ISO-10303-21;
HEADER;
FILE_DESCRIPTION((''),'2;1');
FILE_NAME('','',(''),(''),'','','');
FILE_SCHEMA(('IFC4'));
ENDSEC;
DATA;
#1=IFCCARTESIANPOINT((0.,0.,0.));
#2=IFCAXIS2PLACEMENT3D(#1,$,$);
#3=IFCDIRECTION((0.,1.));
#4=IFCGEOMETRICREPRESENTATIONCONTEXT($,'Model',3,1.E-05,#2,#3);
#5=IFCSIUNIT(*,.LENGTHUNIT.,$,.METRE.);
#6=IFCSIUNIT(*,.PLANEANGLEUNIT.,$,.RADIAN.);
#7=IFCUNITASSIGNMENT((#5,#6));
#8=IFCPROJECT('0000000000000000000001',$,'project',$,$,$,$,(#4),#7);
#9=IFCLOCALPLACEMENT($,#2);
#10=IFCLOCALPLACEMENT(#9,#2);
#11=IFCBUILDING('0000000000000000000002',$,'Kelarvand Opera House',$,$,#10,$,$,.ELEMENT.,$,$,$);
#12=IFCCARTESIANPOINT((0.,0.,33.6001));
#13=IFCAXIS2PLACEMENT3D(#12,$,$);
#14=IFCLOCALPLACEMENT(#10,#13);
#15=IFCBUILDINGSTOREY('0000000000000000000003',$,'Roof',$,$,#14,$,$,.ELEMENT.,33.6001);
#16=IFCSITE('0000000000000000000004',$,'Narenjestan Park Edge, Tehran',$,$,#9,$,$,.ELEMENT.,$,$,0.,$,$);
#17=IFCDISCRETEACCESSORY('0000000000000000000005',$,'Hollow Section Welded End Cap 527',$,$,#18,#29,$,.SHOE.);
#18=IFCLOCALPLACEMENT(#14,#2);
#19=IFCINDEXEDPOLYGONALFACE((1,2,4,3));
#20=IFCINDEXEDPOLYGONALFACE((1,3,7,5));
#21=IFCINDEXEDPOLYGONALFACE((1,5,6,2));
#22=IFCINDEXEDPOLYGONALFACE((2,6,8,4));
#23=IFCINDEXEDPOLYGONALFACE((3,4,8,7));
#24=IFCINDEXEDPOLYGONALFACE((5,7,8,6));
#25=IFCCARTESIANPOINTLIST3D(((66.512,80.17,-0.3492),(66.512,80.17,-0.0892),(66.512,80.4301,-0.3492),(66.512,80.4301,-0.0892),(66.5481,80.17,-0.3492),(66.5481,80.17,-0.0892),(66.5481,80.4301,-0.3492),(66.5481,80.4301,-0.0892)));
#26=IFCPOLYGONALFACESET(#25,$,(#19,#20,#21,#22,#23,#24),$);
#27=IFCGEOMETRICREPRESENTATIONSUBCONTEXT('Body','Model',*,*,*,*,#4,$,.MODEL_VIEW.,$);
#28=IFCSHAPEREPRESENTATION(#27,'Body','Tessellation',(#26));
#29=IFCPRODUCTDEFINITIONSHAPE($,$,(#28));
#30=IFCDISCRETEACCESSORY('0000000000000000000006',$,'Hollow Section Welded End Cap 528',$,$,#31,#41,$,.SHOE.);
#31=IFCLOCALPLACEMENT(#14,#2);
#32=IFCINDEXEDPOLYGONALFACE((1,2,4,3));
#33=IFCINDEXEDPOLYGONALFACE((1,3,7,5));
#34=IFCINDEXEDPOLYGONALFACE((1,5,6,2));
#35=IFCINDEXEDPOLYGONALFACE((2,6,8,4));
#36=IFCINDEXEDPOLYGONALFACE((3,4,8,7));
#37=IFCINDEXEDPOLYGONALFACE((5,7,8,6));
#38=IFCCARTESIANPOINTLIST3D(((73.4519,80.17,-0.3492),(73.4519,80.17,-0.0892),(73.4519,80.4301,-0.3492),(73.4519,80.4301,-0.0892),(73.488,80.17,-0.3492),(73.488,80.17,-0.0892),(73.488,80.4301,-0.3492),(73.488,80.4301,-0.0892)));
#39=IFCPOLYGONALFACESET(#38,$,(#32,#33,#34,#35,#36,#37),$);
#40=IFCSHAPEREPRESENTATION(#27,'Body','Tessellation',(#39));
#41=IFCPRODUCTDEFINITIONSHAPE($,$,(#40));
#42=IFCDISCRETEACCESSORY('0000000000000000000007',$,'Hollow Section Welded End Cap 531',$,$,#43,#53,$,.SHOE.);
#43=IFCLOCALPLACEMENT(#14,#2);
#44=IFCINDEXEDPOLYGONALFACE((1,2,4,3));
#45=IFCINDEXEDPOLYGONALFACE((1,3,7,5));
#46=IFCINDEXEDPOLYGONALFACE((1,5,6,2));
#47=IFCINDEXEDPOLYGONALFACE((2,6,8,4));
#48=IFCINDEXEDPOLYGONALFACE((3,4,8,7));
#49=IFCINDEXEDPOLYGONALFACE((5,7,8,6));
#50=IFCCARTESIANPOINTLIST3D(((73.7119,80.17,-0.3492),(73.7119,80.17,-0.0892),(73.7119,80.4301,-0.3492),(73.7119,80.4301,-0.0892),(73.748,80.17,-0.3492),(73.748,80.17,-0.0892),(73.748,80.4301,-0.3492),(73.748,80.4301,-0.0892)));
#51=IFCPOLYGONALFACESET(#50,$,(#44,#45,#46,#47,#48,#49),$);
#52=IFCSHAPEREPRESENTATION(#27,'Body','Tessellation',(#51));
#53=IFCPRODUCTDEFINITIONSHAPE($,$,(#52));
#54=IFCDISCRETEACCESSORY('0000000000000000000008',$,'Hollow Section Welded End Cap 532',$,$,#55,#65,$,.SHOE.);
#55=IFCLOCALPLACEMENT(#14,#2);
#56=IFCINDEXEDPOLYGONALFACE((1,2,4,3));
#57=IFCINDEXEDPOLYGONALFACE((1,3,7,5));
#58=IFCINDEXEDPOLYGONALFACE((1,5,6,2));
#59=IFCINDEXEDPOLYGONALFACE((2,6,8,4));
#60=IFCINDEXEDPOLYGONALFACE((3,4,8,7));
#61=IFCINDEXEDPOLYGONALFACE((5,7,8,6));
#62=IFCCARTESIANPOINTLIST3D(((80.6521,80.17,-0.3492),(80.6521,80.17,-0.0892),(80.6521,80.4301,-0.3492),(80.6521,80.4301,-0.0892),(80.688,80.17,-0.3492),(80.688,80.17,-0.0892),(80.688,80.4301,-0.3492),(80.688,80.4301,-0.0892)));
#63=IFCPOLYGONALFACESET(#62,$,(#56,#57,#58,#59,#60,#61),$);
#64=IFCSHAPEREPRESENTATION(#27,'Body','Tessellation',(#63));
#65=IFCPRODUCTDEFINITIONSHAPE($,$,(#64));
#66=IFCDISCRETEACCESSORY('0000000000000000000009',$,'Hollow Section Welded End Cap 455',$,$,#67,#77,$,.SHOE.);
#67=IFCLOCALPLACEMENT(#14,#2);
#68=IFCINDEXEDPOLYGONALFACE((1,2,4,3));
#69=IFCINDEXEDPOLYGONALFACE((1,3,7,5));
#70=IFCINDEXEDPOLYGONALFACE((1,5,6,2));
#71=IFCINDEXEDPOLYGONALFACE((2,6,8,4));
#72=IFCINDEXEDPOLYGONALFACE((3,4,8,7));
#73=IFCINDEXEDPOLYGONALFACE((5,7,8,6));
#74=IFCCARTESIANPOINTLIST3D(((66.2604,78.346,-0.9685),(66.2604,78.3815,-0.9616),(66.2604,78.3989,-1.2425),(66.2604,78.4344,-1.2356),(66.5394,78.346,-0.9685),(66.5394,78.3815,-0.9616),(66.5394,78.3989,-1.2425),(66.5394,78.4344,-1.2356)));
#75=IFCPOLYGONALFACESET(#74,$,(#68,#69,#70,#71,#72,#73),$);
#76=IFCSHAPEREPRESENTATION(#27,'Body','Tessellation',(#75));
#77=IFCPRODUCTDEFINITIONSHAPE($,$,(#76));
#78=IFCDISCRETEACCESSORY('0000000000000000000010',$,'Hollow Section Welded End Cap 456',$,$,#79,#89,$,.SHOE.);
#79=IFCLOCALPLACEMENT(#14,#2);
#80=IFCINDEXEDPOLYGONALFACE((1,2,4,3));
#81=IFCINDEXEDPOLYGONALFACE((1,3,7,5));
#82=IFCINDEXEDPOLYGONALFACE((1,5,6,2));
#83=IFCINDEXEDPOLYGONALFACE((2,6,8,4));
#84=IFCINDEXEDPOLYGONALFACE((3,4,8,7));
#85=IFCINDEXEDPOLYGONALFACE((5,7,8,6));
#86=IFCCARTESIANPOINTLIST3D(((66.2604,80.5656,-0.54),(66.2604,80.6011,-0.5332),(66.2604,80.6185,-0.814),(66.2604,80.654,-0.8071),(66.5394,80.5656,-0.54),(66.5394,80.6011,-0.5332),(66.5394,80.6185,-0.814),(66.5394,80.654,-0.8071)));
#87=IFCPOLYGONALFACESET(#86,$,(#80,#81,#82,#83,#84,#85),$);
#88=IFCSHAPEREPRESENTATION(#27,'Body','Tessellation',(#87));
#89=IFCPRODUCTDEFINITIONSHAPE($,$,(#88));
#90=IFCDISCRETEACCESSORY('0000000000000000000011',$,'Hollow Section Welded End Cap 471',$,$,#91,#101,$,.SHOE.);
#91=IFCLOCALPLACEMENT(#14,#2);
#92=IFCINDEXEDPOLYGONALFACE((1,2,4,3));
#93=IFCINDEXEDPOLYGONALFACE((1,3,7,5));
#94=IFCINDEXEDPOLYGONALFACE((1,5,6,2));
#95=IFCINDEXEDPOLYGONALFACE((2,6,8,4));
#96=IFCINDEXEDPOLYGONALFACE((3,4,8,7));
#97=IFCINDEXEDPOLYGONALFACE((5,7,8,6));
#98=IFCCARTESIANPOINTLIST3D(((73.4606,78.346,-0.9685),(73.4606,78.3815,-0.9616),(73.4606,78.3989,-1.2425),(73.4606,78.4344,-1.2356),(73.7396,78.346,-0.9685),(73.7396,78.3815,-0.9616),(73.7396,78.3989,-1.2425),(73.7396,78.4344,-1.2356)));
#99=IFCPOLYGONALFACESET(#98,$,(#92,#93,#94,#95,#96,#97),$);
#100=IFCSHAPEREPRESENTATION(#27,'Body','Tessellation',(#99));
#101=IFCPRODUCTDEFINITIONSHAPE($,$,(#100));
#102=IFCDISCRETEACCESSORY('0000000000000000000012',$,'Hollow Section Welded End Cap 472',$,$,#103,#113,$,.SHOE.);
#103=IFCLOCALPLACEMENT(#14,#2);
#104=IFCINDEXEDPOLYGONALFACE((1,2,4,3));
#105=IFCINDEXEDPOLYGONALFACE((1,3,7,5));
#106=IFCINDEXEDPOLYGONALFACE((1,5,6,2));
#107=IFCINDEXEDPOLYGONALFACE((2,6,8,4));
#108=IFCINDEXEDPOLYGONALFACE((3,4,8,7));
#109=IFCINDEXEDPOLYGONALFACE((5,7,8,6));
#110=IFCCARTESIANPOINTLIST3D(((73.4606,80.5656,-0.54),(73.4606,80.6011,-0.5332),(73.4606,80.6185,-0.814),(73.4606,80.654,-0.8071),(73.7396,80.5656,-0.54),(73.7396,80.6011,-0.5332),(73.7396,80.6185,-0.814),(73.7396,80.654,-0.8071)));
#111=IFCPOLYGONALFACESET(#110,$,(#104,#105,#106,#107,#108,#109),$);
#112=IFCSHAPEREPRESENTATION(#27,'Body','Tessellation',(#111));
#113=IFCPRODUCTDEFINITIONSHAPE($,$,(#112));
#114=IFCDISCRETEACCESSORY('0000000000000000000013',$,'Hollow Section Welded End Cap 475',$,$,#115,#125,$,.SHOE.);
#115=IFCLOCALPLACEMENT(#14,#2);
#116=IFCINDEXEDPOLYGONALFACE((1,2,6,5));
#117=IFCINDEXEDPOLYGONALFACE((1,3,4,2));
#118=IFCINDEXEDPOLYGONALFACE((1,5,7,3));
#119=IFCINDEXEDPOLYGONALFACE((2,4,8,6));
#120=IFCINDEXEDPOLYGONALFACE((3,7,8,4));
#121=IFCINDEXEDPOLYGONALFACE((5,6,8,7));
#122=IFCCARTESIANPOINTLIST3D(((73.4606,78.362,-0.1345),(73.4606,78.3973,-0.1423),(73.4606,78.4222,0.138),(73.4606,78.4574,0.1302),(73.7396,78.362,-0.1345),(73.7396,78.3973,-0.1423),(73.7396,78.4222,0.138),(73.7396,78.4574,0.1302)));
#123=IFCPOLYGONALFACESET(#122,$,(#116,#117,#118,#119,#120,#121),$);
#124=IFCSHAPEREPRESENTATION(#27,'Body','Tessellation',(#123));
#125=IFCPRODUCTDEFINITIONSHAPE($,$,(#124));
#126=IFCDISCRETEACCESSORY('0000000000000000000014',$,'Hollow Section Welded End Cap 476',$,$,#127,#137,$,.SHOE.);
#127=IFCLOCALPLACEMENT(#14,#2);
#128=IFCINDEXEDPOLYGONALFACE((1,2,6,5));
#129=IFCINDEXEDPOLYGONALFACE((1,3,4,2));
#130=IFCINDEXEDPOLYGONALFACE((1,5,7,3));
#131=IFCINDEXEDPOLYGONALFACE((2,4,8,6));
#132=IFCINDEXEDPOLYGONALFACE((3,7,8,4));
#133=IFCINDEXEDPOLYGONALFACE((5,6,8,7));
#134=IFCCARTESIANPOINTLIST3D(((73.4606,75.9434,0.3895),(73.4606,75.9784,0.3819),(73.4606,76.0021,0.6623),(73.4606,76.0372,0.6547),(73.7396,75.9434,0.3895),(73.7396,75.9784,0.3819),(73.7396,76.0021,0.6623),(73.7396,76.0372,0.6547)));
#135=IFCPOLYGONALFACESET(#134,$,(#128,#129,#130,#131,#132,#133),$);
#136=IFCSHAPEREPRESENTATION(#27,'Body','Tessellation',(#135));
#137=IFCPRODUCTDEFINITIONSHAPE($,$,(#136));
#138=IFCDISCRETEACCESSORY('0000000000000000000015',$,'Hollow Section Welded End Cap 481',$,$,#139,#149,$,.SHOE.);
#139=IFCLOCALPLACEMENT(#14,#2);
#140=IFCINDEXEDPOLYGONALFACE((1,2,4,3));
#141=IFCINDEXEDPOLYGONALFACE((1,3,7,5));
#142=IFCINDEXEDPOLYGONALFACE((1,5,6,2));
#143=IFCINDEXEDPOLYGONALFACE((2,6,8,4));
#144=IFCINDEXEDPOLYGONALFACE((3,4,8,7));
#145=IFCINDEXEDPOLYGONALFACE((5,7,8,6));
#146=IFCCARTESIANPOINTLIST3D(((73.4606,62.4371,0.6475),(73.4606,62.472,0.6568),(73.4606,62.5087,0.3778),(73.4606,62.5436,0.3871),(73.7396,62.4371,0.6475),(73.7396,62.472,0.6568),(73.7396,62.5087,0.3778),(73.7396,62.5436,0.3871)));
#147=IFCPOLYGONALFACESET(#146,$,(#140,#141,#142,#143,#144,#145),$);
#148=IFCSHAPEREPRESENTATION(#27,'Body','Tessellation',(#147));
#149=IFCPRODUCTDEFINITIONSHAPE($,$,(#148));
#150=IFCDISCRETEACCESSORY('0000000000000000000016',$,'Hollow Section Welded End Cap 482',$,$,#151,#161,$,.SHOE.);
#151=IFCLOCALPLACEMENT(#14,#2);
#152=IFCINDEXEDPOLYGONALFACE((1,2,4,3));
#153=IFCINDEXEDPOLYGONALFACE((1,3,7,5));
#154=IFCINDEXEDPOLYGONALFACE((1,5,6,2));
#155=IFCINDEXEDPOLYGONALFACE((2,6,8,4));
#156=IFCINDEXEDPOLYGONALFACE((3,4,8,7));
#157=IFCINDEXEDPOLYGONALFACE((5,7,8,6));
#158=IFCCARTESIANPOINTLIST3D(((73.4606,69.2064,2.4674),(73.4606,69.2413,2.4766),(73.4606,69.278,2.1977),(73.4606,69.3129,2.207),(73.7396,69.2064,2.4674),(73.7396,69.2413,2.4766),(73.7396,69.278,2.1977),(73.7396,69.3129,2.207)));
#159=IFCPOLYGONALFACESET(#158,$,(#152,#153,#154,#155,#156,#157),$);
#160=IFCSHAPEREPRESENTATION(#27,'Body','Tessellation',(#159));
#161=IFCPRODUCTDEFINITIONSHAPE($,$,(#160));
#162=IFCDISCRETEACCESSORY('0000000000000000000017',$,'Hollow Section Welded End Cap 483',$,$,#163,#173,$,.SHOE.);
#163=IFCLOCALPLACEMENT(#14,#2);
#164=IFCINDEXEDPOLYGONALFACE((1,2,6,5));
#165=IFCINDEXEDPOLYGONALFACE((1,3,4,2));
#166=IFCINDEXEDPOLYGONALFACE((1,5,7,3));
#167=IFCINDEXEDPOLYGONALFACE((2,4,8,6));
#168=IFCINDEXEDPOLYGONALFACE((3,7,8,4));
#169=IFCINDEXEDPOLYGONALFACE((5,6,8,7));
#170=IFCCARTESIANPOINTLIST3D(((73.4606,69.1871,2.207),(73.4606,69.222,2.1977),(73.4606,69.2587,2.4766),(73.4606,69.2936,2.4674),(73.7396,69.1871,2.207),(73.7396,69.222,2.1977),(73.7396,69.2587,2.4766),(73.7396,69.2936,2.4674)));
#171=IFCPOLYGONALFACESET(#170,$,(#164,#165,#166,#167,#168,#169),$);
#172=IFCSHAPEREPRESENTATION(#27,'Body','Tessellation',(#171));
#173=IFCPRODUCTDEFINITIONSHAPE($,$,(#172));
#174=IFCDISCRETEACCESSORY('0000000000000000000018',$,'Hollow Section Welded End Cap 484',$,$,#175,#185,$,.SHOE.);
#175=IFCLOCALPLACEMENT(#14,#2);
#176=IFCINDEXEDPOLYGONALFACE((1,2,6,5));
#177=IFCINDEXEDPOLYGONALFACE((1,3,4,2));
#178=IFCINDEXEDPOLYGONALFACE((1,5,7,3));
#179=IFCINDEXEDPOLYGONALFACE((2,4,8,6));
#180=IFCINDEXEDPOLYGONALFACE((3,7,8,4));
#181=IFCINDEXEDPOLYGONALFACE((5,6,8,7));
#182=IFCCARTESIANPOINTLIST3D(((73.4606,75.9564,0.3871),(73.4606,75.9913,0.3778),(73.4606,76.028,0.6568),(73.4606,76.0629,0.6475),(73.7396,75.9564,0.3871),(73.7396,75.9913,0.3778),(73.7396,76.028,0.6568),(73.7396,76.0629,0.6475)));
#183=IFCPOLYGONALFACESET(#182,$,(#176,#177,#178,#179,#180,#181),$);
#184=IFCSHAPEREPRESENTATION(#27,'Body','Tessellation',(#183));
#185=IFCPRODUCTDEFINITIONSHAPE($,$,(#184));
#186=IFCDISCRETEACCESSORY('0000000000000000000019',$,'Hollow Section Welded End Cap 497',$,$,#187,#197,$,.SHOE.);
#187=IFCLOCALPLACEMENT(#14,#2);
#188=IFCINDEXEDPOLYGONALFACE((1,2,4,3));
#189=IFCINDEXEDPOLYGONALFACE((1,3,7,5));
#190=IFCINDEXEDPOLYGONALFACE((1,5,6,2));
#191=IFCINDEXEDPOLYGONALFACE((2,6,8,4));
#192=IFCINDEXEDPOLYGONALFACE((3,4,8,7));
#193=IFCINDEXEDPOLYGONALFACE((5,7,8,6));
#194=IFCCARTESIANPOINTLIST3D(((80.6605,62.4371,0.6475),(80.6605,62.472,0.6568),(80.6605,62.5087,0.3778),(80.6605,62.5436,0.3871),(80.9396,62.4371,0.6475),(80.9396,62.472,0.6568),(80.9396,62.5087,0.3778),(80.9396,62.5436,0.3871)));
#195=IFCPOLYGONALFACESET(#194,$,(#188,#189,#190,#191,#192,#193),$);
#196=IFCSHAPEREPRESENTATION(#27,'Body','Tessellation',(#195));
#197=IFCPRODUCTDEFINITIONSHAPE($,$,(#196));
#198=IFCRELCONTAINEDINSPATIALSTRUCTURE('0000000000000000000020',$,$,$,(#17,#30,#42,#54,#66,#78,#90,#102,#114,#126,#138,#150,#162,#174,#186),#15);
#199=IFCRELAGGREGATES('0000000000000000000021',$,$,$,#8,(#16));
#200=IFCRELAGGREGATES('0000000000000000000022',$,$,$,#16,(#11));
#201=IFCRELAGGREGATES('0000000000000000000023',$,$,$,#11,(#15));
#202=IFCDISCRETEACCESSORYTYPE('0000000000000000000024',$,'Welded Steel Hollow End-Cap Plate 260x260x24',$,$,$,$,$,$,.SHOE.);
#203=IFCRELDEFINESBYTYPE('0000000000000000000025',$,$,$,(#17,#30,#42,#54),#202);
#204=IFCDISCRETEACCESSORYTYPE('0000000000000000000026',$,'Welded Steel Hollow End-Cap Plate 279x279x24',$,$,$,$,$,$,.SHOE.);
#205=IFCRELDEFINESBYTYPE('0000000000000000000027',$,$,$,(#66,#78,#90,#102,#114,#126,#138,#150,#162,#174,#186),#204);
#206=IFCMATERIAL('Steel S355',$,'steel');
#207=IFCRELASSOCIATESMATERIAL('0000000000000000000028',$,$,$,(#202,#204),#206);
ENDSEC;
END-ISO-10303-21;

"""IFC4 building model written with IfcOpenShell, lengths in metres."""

from ifc_helpers import new_model, si_unit, direction, frame, origin, origin_2d, place, context, subcontext, project, spatial, rectangle, extrude, material, material_profile, profile_set, type_object, element, save


model = new_model("IFC4")

# Units and contexts
model_context = context("Model", 3, precision=1e-05, world=origin(), true_north=direction((0.0, 1.0)))
body_context = subcontext(model_context, "Body", "Model", "MODEL_VIEW")
ifc_project = project(units=[si_unit("LENGTHUNIT", "METRE"), si_unit("PLANEANGLEUNIT", "RADIAN")], contexts=[model_context])

# Site, building, storey
site_placement = place(None, origin())
site = spatial("IfcSite", under=ifc_project, at=site_placement, Name="Narenjestan Park Edge, Tehran", CompositionType="ELEMENT", RefElevation=0.0)
building_placement = place(site_placement, origin())
building = spatial("IfcBuilding", under=site, at=building_placement, Name="Kelarvand Opera House", CompositionType="ELEMENT")
storey_placement = place(building_placement, frame((0.0, 0.0, 33.6001)))
storey = spatial("IfcBuildingStorey", under=building, at=storey_placement, Name="Roof", CompositionType="ELEMENT", Elevation=33.6001)

# Shared definitions
ifc_material = material(Name="Steel S355", Category="steel")

# Discrete accessories
ifc_material_profile_1 = material_profile(ifc_material, rectangle(XDim=0.26, YDim=0.26, at=origin_2d()), Name="Welded Steel Hollow End-Cap Plate 260x260x24", Category="steel")
ifc_profile_set_1 = profile_set([ifc_material_profile_1], Name="Steel S355")
discrete_accessory_type_1 = type_object("IfcDiscreteAccessoryType", Name="Welded Steel Hollow End-Cap Plate 260x260x24", PredefinedType="SHOE", material=ifc_profile_set_1)
for number, where, z_axis, x_axis, name in (
    (1, (66.5481, 80.3, -0.2192), (-1.0, 0.0, 0.0), (0.0, -1.0, 0.0), "Hollow Section Welded End Cap 527"),
    (2, (73.4519, 80.3, -0.2192), (1.0, 0.0, 0.0), (0.0, 1.0, 0.0), "Hollow Section Welded End Cap 528"),
    (3, (73.748, 80.3, -0.2192), (-1.0, 0.0, 0.0), (0.0, -1.0, 0.0), "Hollow Section Welded End Cap 531"),
):
    element("IfcDiscreteAccessory", number, at=place(storey_placement, frame(where, z_axis=z_axis, x_axis=x_axis)), inside=storey, type_object=discrete_accessory_type_1, Name=name, PredefinedType="SHOE", context=body_context, shape_type="SweptSolid", body=[
        extrude(rectangle(XDim=0.26, YDim=0.26, at=origin_2d()), origin(), (0.0, 0.0, 1.0), 0.0361),
    ])
discrete_accessory_1_placement = place(storey_placement, frame((80.6521, 80.3, -0.2192), z_axis=(1.0, 0.0, 0.0), x_axis=(0.0, 1.0, 0.0)))
element("IfcDiscreteAccessory", 4, at=discrete_accessory_1_placement, inside=storey, type_object=discrete_accessory_type_1, Name="Hollow Section Welded End Cap 532", PredefinedType="SHOE", context=body_context, shape_type="SweptSolid", body=[
    extrude(rectangle(XDim=0.26, YDim=0.26, at=origin_2d()), origin(), (0.0, 0.0, 1.0), 0.0359),
])
ifc_material_profile_2 = material_profile(ifc_material, rectangle(XDim=0.2791, YDim=0.2791, at=origin_2d()), Name="Welded Steel Hollow End-Cap Plate 279x279x24", Category="steel")
ifc_profile_set_2 = profile_set([ifc_material_profile_2], Name="Steel S355")
discrete_accessory_type_2 = type_object("IfcDiscreteAccessoryType", Name="Welded Steel Hollow End-Cap Plate 279x279x24", PredefinedType="SHOE", material=ifc_profile_set_2)
for number, where, z_axis, x_axis, name in (
    (5, (66.3999, 78.408, -1.0986), (0.0, -0.981861, -0.189601), (1.0, 0.0, 0.0), "Hollow Section Welded End Cap 455"),
    (6, (66.3999, 80.592, -0.677), (0.0, 0.981861, 0.189601), (-1.0, 0.0, 0.0), "Hollow Section Welded End Cap 456"),
    (7, (73.6001, 78.408, -1.0986), (0.0, -0.981861, -0.189601), (1.0, 0.0, 0.0), "Hollow Section Welded End Cap 471"),
    (8, (73.6001, 80.592, -0.677), (0.0, 0.981861, 0.189601), (-1.0, 0.0, 0.0), "Hollow Section Welded End Cap 472"),
    (9, (73.6001, 78.3921, 0.0017), (0.0, 0.976503, -0.215504), (-1.0, 0.0, 0.0), "Hollow Section Welded End Cap 475"),
):
    element("IfcDiscreteAccessory", number, at=place(storey_placement, frame(where, z_axis=z_axis, x_axis=x_axis)), inside=storey, type_object=discrete_accessory_type_2, Name=name, PredefinedType="SHOE", context=body_context, shape_type="SweptSolid", body=[
        extrude(rectangle(XDim=0.2791, YDim=0.2791, at=origin_2d()), origin(), (0.0, 0.0, 1.0), 0.0361),
    ])
discrete_accessory_2_placement = place(storey_placement, frame((73.6001, 76.0078, 0.5183), z_axis=(0.0, -0.977603, 0.210456), x_axis=(1.0, 0.0, 0.0)))
element("IfcDiscreteAccessory", 10, at=discrete_accessory_2_placement, inside=storey, type_object=discrete_accessory_type_2, Name="Hollow Section Welded End Cap 476", PredefinedType="SHOE", context=body_context, shape_type="SweptSolid", body=[
    extrude(rectangle(XDim=0.2791, YDim=0.2791, at=origin_2d()), origin(), (0.0, 0.0, 1.0), 0.0359),
])
for number, where, z_axis, x_axis, name in (
    (11, (73.6001, 62.5078, 0.522), (0.0, -0.966459, -0.256821), (1.0, 0.0, 0.0), "Hollow Section Welded End Cap 481"),
    (12, (73.6001, 69.2422, 2.3325), (0.0, 0.966459, 0.256821), (-1.0, 0.0, 0.0), "Hollow Section Welded End Cap 482"),
    (13, (73.6001, 69.2578, 2.3325), (0.0, -0.966459, 0.256821), (1.0, 0.0, 0.0), "Hollow Section Welded End Cap 483"),
    (14, (73.6001, 75.9922, 0.522), (0.0, 0.966459, -0.256821), (-1.0, 0.0, 0.0), "Hollow Section Welded End Cap 484"),
    (15, (80.8, 62.5078, 0.522), (0.0, -0.966459, -0.256821), (1.0, 0.0, 0.0), "Hollow Section Welded End Cap 497"),
):
    element("IfcDiscreteAccessory", number, at=place(storey_placement, frame(where, z_axis=z_axis, x_axis=x_axis)), inside=storey, type_object=discrete_accessory_type_2, Name=name, PredefinedType="SHOE", context=body_context, shape_type="SweptSolid", body=[
        extrude(rectangle(XDim=0.2791, YDim=0.2791, at=origin_2d()), origin(), (0.0, 0.0, 1.0), 0.0361),
    ])

save(model, "model.ifc")
